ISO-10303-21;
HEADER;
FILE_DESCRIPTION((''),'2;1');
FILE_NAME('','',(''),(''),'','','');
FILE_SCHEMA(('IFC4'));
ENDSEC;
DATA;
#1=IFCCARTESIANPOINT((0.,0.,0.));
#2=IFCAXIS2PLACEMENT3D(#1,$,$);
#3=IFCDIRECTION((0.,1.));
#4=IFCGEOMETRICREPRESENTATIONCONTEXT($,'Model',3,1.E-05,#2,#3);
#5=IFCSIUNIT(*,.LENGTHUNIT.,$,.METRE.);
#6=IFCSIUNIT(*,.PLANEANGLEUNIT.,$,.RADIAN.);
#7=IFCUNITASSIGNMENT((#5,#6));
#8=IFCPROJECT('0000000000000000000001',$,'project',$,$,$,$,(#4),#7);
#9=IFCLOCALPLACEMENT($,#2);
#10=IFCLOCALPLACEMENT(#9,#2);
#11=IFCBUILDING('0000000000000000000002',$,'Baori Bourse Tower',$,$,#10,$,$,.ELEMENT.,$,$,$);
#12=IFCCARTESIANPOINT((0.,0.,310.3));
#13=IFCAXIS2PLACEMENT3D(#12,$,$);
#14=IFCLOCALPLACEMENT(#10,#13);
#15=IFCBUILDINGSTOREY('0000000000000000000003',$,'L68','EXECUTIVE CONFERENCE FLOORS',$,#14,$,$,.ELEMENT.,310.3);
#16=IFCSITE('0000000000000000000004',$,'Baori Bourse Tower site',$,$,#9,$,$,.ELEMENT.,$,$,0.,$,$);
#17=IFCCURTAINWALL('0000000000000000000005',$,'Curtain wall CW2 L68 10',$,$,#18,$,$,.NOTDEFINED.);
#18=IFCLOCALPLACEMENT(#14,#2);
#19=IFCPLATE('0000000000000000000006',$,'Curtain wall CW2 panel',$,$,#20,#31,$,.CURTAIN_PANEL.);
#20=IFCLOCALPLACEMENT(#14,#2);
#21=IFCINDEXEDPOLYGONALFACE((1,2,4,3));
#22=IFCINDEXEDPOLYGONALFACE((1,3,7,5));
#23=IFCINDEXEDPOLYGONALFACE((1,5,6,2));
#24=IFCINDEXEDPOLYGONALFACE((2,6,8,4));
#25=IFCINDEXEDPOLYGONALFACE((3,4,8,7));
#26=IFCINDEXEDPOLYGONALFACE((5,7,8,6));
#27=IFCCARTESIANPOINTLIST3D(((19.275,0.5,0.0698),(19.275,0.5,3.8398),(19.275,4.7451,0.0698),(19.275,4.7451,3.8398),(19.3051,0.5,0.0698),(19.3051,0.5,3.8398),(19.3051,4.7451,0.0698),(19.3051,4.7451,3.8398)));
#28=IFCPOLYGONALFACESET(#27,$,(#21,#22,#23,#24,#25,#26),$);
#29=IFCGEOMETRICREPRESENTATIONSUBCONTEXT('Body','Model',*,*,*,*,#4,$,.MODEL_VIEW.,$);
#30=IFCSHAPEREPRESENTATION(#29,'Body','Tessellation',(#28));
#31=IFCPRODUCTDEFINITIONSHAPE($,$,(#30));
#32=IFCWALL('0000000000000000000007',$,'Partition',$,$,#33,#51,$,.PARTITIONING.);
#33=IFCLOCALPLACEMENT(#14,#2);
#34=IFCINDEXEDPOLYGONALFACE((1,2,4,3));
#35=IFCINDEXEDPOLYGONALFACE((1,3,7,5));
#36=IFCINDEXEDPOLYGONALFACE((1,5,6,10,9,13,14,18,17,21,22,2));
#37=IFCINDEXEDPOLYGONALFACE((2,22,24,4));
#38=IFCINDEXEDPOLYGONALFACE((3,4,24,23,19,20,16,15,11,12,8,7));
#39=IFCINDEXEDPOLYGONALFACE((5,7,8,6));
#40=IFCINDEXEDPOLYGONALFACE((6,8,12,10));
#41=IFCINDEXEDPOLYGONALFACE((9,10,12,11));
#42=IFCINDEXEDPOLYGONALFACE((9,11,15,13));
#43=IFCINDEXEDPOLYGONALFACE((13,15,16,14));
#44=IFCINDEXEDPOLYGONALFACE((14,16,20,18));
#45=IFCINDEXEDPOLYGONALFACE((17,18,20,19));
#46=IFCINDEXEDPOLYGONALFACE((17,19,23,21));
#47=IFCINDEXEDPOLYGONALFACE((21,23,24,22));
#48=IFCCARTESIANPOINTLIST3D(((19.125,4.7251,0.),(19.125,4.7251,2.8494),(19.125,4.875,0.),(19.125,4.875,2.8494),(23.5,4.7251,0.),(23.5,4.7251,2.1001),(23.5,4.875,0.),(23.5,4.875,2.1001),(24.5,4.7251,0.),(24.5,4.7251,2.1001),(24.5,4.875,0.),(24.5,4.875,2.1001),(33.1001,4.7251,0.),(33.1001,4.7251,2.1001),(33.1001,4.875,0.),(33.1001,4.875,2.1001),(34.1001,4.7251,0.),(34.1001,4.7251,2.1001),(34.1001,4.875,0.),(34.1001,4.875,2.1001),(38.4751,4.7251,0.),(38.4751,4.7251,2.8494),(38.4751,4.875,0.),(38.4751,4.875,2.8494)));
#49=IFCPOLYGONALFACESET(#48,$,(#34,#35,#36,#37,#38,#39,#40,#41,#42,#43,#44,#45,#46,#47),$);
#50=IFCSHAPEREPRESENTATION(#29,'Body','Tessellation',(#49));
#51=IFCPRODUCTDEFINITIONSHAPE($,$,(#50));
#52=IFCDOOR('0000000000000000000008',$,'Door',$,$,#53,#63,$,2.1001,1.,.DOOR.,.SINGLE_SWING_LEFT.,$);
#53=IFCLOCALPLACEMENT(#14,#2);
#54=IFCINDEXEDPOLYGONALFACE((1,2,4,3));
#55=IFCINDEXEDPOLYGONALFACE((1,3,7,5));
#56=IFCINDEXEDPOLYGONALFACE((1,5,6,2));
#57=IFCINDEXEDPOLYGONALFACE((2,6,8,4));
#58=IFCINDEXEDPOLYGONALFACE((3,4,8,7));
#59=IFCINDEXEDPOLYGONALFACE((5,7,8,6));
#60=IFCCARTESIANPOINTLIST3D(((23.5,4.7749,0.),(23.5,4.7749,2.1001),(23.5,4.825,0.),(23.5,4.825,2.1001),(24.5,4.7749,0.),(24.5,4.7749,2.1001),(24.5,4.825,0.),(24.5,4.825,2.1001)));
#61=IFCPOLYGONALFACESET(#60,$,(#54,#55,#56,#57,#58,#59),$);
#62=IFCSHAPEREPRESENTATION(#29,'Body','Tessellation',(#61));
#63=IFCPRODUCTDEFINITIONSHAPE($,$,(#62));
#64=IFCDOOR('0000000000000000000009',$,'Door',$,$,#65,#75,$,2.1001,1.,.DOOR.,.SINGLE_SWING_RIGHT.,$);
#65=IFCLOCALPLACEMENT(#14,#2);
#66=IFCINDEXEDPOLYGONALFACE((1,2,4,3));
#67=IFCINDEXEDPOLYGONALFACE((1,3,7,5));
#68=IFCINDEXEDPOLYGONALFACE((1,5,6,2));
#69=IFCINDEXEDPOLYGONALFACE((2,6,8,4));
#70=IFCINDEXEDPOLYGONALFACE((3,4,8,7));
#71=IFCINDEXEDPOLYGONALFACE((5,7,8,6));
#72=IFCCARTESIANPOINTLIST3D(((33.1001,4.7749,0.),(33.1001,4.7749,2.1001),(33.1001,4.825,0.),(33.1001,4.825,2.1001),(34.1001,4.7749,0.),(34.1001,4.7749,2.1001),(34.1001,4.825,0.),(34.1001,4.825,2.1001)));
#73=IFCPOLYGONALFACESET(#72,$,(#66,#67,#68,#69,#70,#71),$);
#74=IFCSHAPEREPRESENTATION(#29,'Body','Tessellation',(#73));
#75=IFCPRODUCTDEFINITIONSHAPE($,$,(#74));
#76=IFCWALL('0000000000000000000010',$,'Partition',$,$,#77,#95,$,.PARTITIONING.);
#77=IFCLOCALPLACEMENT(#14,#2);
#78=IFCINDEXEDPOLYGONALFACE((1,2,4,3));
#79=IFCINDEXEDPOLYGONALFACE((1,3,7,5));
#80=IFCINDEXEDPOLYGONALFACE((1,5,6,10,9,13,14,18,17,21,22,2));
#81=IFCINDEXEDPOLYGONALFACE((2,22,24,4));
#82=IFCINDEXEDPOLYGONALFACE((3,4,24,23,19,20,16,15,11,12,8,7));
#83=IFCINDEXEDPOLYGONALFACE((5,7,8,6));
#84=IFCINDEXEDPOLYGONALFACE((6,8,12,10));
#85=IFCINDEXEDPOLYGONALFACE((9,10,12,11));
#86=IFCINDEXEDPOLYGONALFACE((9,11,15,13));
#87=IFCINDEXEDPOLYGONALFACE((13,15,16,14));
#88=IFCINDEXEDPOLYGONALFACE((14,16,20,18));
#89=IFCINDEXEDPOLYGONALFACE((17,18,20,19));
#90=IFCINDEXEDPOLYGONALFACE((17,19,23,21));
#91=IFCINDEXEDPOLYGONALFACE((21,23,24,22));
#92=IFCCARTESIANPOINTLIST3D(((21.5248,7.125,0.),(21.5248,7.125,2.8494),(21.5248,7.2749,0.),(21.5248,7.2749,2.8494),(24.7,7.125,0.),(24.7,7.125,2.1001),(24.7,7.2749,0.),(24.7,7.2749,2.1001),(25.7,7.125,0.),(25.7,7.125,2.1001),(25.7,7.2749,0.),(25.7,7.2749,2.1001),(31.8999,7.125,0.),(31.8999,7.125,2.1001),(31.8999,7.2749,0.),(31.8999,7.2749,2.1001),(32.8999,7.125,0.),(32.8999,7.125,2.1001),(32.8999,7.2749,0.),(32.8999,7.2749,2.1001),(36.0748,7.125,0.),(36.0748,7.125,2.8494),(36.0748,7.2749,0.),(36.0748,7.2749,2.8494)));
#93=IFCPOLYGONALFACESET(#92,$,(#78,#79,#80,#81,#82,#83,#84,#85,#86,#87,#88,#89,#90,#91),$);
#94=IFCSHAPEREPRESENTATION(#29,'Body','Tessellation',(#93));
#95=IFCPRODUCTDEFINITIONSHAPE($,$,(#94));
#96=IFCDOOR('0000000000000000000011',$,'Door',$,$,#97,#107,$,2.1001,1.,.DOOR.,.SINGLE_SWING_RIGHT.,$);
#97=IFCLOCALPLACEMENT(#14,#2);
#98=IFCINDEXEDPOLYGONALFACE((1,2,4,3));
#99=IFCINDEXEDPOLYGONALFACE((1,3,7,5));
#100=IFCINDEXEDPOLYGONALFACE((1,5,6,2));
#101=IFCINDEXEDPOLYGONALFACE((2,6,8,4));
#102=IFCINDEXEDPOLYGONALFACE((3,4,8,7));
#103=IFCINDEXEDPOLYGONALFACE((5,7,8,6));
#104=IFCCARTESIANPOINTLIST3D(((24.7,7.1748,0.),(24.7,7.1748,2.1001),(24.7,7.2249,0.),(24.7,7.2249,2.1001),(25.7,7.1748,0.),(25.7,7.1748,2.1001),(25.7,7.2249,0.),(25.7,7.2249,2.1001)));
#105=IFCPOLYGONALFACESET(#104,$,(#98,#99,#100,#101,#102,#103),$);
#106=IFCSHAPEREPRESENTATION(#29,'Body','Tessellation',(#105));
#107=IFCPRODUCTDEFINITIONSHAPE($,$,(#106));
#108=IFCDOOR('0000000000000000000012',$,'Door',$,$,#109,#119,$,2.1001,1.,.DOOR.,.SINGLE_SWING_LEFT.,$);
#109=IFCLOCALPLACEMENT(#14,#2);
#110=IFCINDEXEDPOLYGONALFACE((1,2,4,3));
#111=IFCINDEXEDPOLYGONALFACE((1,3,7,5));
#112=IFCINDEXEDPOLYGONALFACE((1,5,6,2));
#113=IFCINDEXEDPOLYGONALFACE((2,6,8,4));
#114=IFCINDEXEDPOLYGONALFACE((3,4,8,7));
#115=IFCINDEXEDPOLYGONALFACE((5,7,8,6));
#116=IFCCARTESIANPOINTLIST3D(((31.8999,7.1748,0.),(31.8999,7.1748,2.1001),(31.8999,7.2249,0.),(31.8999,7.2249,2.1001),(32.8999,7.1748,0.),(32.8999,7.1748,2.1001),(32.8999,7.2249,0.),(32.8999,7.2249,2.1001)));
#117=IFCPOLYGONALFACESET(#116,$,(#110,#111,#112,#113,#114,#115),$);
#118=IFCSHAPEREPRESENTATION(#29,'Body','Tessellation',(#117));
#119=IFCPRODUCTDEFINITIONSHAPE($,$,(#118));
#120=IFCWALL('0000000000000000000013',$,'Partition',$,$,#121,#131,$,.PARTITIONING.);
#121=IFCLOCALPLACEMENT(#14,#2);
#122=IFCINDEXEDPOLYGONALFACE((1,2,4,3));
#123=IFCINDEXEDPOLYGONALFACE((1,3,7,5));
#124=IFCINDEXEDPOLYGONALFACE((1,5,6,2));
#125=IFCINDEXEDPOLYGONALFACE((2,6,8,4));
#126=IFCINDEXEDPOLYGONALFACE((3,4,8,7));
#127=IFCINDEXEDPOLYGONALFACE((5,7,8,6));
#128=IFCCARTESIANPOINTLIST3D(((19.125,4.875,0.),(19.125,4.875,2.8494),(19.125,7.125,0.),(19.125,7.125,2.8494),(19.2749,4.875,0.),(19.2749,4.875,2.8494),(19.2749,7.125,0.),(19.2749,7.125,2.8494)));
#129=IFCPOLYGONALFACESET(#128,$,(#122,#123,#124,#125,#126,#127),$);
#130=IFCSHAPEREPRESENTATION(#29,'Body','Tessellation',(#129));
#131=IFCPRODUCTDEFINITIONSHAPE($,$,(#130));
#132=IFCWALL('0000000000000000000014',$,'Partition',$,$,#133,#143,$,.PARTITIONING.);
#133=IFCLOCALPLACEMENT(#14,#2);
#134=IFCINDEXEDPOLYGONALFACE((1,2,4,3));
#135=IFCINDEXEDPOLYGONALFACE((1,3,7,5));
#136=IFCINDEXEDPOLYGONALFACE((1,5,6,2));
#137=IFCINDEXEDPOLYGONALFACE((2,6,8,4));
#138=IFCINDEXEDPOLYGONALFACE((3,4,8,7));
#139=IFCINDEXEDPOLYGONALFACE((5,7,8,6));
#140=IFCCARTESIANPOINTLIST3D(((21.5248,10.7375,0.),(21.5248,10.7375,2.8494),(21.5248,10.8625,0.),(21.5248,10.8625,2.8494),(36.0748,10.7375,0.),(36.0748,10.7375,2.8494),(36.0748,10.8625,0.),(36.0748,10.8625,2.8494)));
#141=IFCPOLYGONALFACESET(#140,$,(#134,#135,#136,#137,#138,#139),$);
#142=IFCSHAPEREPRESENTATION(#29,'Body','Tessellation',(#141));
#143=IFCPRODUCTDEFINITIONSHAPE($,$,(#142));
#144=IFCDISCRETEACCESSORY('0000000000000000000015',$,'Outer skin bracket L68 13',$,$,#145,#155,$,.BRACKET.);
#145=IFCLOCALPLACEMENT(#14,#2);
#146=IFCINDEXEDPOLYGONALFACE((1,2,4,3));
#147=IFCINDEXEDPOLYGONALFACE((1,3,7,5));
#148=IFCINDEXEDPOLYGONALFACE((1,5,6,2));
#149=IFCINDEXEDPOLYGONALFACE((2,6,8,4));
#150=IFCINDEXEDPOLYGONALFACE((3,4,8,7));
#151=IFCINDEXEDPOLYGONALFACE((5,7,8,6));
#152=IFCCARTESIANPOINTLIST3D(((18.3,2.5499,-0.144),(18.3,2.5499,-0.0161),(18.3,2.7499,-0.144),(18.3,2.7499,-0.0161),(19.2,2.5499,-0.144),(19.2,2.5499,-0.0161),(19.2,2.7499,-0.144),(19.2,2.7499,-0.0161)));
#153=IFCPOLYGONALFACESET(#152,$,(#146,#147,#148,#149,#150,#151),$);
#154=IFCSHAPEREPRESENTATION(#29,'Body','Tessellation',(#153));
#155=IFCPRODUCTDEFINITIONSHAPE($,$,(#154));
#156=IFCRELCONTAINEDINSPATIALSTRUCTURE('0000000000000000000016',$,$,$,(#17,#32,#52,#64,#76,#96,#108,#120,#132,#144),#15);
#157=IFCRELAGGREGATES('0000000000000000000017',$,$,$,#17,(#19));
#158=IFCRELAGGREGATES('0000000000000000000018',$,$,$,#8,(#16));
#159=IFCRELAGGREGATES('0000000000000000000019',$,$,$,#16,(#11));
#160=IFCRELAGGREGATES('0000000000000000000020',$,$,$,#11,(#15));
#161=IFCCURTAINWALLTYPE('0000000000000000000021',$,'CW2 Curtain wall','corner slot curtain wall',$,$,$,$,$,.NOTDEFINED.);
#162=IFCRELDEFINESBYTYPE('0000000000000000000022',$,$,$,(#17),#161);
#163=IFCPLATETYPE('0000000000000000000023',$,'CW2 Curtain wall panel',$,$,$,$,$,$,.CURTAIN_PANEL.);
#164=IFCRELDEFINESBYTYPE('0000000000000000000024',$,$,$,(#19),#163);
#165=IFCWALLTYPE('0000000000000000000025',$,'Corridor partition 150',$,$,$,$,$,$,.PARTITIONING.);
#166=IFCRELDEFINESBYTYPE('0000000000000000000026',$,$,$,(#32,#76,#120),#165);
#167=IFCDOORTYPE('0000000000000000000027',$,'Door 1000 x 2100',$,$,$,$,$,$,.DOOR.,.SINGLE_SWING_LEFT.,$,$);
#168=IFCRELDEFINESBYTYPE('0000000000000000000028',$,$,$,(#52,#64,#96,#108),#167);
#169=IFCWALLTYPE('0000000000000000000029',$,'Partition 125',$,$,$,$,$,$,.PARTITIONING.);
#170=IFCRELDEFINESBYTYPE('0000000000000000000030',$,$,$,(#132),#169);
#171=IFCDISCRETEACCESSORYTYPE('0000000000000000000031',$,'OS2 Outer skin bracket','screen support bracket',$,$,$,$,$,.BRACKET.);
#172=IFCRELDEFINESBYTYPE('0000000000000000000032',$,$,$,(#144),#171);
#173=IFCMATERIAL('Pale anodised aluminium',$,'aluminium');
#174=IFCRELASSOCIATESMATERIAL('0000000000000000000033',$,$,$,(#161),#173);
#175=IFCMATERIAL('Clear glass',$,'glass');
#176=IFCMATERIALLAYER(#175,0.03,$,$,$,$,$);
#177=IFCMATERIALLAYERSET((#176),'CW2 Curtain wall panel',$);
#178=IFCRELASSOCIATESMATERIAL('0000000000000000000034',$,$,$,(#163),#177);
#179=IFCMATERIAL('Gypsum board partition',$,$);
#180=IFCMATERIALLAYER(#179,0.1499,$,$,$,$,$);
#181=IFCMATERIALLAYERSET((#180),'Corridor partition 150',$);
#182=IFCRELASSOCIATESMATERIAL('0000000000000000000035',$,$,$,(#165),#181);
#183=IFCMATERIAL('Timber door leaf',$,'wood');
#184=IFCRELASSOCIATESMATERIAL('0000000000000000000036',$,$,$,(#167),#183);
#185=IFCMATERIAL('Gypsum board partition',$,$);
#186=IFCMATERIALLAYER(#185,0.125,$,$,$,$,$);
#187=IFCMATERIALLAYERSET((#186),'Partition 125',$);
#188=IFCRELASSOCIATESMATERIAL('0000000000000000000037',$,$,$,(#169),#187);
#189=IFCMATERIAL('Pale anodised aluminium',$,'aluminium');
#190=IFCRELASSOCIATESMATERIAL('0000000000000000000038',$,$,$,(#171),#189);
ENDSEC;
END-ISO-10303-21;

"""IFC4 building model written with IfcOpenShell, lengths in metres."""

from ifc_helpers import new_model, si_unit, direction, frame, frame_2d, origin, origin_2d, place, context, subcontext, project, spatial, rectangle, extrude, material, layer, layer_set, type_object, element, fill, aggregate, save


model = new_model("IFC4")

# Units and contexts
model_context = context("Model", 3, precision=1e-05, world=origin(), true_north=direction((0.0, 1.0)))
body_context = subcontext(model_context, "Body", "Model", "MODEL_VIEW")
ifc_project = project(units=[si_unit("LENGTHUNIT", "METRE"), si_unit("PLANEANGLEUNIT", "RADIAN")], contexts=[model_context])

# Site, building, storey
site_placement = place(None, origin())
site = spatial("IfcSite", under=ifc_project, at=site_placement, Name="Baori Bourse Tower site", CompositionType="ELEMENT", RefElevation=0.0)
building_placement = place(site_placement, origin())
building = spatial("IfcBuilding", under=site, at=building_placement, Name="Baori Bourse Tower", CompositionType="ELEMENT")
storey_placement = place(building_placement, frame((0.0, 0.0, 310.3)))
storey = spatial("IfcBuildingStorey", under=building, at=storey_placement, Name="L68", Description="EXECUTIVE CONFERENCE FLOORS", CompositionType="ELEMENT", Elevation=310.3)

# Curtain wall
ifc_material_1 = material(Name="Pale anodised aluminium", Category="aluminium")
curtain_wall_type_1 = type_object("IfcCurtainWallType", Name="CW2 Curtain wall", Description="corner slot curtain wall", PredefinedType="NOTDEFINED", material=ifc_material_1)
curtain_wall_1_placement = place(storey_placement, origin())
curtain_wall_1 = element("IfcCurtainWall", 1, at=curtain_wall_1_placement, inside=storey, type_object=curtain_wall_type_1, Name="Curtain wall CW2 L68 10", PredefinedType="NOTDEFINED")

# Plate
ifc_material_2 = material(Name="Clear glass", Category="glass")
ifc_layer_1 = layer(ifc_material_2, 0.03)
ifc_layer_set_1 = layer_set([ifc_layer_1], Name="CW2 Curtain wall panel")
plate_type = type_object("IfcPlateType", Name="CW2 Curtain wall panel", PredefinedType="CURTAIN_PANEL", material=ifc_layer_set_1)
plate_placement = place(storey_placement, frame((19.29, 2.6226, 0.0698), z_axis=(0.0, 0.0, 1.0), x_axis=(0.0, -1.0, 0.0)))
plate = element("IfcPlate", 2, at=plate_placement, type_object=plate_type, Name="Curtain wall CW2 panel", PredefinedType="CURTAIN_PANEL", context=body_context, shape_type="SweptSolid", body=[
    extrude(rectangle(XDim=4.2451, YDim=0.03, at=origin_2d()), origin(), (0.0, 0.0, 1.0), 3.77),
])
aggregate(curtain_wall_1, [plate])

# Walls, openings, doors
ifc_material_3 = material(Name="Gypsum board partition")
ifc_layer_2 = layer(ifc_material_3, 0.1499)
ifc_layer_set_2 = layer_set([ifc_layer_2], Name="Corridor partition 150")
wall_type_1 = type_object("IfcWallType", Name="Corridor partition 150", PredefinedType="PARTITIONING", material=ifc_layer_set_2)
wall_1_placement = place(storey_placement, frame((19.125, 4.8, 0.0), z_axis=(0.0, 0.0, 1.0), x_axis=(1.0, 0.0, 0.0)))
wall_1 = element("IfcWall", 3, at=wall_1_placement, inside=storey, type_object=wall_type_1, Name="Partition", PredefinedType="PARTITIONING", context=body_context, shape_type="SweptSolid", body=[
    extrude(rectangle(XDim=19.3501, YDim=0.1499, at=frame_2d((9.675, 0.0))), origin(), (0.0, 0.0, 1.0), 2.8494),
])
opening_1_placement = place(wall_1_placement, frame((4.375, 0.0, 0.0)))
opening_1 = element("IfcOpeningElement", 4, at=opening_1_placement, cuts=wall_1, PredefinedType="OPENING", context=body_context, shape_type="SweptSolid", body=[
    extrude(rectangle(XDim=1.0, YDim=2.1001, at=frame_2d((0.5, 1.05))), frame((0.0, 0.085, 0.0), z_axis=(0.0, -1.0, 0.0), x_axis=(1.0, 0.0, 0.0)), (0.0, 0.0, 1.0), 0.1699),
])
opening_2_placement = place(wall_1_placement, frame((13.9751, 0.0, 0.0)))
opening_2 = element("IfcOpeningElement", 5, at=opening_2_placement, cuts=wall_1, PredefinedType="OPENING", context=body_context, shape_type="SweptSolid", body=[
    extrude(rectangle(XDim=1.0, YDim=2.1001, at=frame_2d((0.5, 1.05))), frame((0.0, 0.085, 0.0), z_axis=(0.0, -1.0, 0.0), x_axis=(1.0, 0.0, 0.0)), (0.0, 0.0, 1.0), 0.1699),
])
ifc_material_4 = material(Name="Timber door leaf", Category="wood")
door_type = type_object("IfcDoorType", Name="Door 1000 x 2100", OperationType="SINGLE_SWING_LEFT", PredefinedType="DOOR", material=ifc_material_4)
door_1_placement = place(opening_1_placement, origin())
door_1 = element("IfcDoor", 6, at=door_1_placement, inside=storey, type_object=door_type, Name="Door", OperationType="SINGLE_SWING_LEFT", OverallHeight=2.1001, OverallWidth=1.0, PredefinedType="DOOR", context=body_context, shape_type="SweptSolid", body=[
    extrude(rectangle(XDim=1.0, YDim=2.1001, at=frame_2d((0.5, 1.05))), frame((0.0, 0.0249, 0.0), z_axis=(0.0, -1.0, 0.0), x_axis=(1.0, 0.0, 0.0)), (0.0, 0.0, 1.0), 0.05),
])
fill(opening_1, door_1)
door_2_placement = place(opening_2_placement, origin())
door_2 = element("IfcDoor", 7, at=door_2_placement, inside=storey, type_object=door_type, Name="Door", OperationType="SINGLE_SWING_RIGHT", OverallHeight=2.1001, OverallWidth=1.0, PredefinedType="DOOR", context=body_context, shape_type="SweptSolid", body=[
    extrude(rectangle(XDim=1.0, YDim=2.1001, at=frame_2d((0.5, 1.05))), frame((0.0, 0.0249, 0.0), z_axis=(0.0, -1.0, 0.0), x_axis=(1.0, 0.0, 0.0)), (0.0, 0.0, 1.0), 0.05),
])
fill(opening_2, door_2)
wall_2_placement = place(storey_placement, frame((21.5249, 7.2, 0.0), z_axis=(0.0, 0.0, 1.0), x_axis=(1.0, 0.0, 0.0)))
wall_2 = element("IfcWall", 8, at=wall_2_placement, inside=storey, type_object=wall_type_1, Name="Partition", PredefinedType="PARTITIONING", context=body_context, shape_type="SweptSolid", body=[
    extrude(rectangle(XDim=14.55, YDim=0.1499, at=frame_2d((7.2749, 0.0))), origin(), (0.0, 0.0, 1.0), 2.8494),
])
opening_3_placement = place(wall_2_placement, frame((3.175, 0.0, 0.0)))
opening_3 = element("IfcOpeningElement", 9, at=opening_3_placement, cuts=wall_2, PredefinedType="OPENING", context=body_context, shape_type="SweptSolid", body=[
    extrude(rectangle(XDim=1.0, YDim=2.1001, at=frame_2d((0.5, 1.05))), frame((0.0, 0.085, 0.0), z_axis=(0.0, -1.0, 0.0), x_axis=(1.0, 0.0, 0.0)), (0.0, 0.0, 1.0), 0.1699),
])
opening_4_placement = place(wall_2_placement, frame((10.375, 0.0, 0.0)))
opening_4 = element("IfcOpeningElement", 10, at=opening_4_placement, cuts=wall_2, PredefinedType="OPENING", context=body_context, shape_type="SweptSolid", body=[
    extrude(rectangle(XDim=1.0, YDim=2.1001, at=frame_2d((0.5, 1.05))), frame((0.0, 0.085, 0.0), z_axis=(0.0, -1.0, 0.0), x_axis=(1.0, 0.0, 0.0)), (0.0, 0.0, 1.0), 0.1699),
])
door_3_placement = place(opening_3_placement, origin())
door_3 = element("IfcDoor", 11, at=door_3_placement, inside=storey, type_object=door_type, Name="Door", OperationType="SINGLE_SWING_RIGHT", OverallHeight=2.1001, OverallWidth=1.0, PredefinedType="DOOR", context=body_context, shape_type="SweptSolid", body=[
    extrude(rectangle(XDim=1.0, YDim=2.1001, at=frame_2d((0.5, 1.05))), frame((0.0, 0.0249, 0.0), z_axis=(0.0, -1.0, 0.0), x_axis=(1.0, 0.0, 0.0)), (0.0, 0.0, 1.0), 0.05),
])
fill(opening_3, door_3)
door_4_placement = place(opening_4_placement, origin())
door_4 = element("IfcDoor", 12, at=door_4_placement, inside=storey, type_object=door_type, Name="Door", OperationType="SINGLE_SWING_LEFT", OverallHeight=2.1001, OverallWidth=1.0, PredefinedType="DOOR", context=body_context, shape_type="SweptSolid", body=[
    extrude(rectangle(XDim=1.0, YDim=2.1001, at=frame_2d((0.5, 1.05))), frame((0.0, 0.0249, 0.0), z_axis=(0.0, -1.0, 0.0), x_axis=(1.0, 0.0, 0.0)), (0.0, 0.0, 1.0), 0.05),
])
fill(opening_4, door_4)

# Walls
wall_3_placement = place(storey_placement, frame((19.2, 4.875, 0.0), z_axis=(0.0, 0.0, 1.0), x_axis=(0.0, 1.0, 0.0)))
element("IfcWall", 13, at=wall_3_placement, inside=storey, type_object=wall_type_1, Name="Partition", PredefinedType="PARTITIONING", context=body_context, shape_type="SweptSolid", body=[
    extrude(rectangle(XDim=2.25, YDim=0.1499, at=frame_2d((1.125, 0.0))), origin(), (0.0, 0.0, 1.0), 2.8494),
])
ifc_material_5 = material(Name="Gypsum board partition")
ifc_layer_3 = layer(ifc_material_5, 0.125)
ifc_layer_set_3 = layer_set([ifc_layer_3], Name="Partition 125")
wall_type_2 = type_object("IfcWallType", Name="Partition 125", PredefinedType="PARTITIONING", material=ifc_layer_set_3)
wall_4_placement = place(storey_placement, frame((21.5249, 10.8, 0.0), z_axis=(0.0, 0.0, 1.0), x_axis=(1.0, 0.0, 0.0)))
element("IfcWall", 14, at=wall_4_placement, inside=storey, type_object=wall_type_2, Name="Partition", PredefinedType="PARTITIONING", context=body_context, shape_type="SweptSolid", body=[
    extrude(rectangle(XDim=14.55, YDim=0.125, at=frame_2d((7.2749, 0.0))), origin(), (0.0, 0.0, 1.0), 2.8494),
])

# Discrete accessory
ifc_material_6 = material(Name="Pale anodised aluminium", Category="aluminium")
discrete_accessory_type = type_object("IfcDiscreteAccessoryType", Name="OS2 Outer skin bracket", Description="screen support bracket", PredefinedType="BRACKET", material=ifc_material_6)
discrete_accessory_placement = place(storey_placement, frame((18.75, 2.6499, -0.144), z_axis=(0.0, 0.0, 1.0), x_axis=(0.0, -1.0, 0.0)))
element("IfcDiscreteAccessory", 15, at=discrete_accessory_placement, inside=storey, type_object=discrete_accessory_type, Name="Outer skin bracket L68 13", PredefinedType="BRACKET", context=body_context, shape_type="SweptSolid", body=[
    extrude(rectangle(XDim=0.2, YDim=0.8999, at=origin_2d()), origin(), (0.0, 0.0, 1.0), 0.1279),
])

save(model, "model.ifc")
